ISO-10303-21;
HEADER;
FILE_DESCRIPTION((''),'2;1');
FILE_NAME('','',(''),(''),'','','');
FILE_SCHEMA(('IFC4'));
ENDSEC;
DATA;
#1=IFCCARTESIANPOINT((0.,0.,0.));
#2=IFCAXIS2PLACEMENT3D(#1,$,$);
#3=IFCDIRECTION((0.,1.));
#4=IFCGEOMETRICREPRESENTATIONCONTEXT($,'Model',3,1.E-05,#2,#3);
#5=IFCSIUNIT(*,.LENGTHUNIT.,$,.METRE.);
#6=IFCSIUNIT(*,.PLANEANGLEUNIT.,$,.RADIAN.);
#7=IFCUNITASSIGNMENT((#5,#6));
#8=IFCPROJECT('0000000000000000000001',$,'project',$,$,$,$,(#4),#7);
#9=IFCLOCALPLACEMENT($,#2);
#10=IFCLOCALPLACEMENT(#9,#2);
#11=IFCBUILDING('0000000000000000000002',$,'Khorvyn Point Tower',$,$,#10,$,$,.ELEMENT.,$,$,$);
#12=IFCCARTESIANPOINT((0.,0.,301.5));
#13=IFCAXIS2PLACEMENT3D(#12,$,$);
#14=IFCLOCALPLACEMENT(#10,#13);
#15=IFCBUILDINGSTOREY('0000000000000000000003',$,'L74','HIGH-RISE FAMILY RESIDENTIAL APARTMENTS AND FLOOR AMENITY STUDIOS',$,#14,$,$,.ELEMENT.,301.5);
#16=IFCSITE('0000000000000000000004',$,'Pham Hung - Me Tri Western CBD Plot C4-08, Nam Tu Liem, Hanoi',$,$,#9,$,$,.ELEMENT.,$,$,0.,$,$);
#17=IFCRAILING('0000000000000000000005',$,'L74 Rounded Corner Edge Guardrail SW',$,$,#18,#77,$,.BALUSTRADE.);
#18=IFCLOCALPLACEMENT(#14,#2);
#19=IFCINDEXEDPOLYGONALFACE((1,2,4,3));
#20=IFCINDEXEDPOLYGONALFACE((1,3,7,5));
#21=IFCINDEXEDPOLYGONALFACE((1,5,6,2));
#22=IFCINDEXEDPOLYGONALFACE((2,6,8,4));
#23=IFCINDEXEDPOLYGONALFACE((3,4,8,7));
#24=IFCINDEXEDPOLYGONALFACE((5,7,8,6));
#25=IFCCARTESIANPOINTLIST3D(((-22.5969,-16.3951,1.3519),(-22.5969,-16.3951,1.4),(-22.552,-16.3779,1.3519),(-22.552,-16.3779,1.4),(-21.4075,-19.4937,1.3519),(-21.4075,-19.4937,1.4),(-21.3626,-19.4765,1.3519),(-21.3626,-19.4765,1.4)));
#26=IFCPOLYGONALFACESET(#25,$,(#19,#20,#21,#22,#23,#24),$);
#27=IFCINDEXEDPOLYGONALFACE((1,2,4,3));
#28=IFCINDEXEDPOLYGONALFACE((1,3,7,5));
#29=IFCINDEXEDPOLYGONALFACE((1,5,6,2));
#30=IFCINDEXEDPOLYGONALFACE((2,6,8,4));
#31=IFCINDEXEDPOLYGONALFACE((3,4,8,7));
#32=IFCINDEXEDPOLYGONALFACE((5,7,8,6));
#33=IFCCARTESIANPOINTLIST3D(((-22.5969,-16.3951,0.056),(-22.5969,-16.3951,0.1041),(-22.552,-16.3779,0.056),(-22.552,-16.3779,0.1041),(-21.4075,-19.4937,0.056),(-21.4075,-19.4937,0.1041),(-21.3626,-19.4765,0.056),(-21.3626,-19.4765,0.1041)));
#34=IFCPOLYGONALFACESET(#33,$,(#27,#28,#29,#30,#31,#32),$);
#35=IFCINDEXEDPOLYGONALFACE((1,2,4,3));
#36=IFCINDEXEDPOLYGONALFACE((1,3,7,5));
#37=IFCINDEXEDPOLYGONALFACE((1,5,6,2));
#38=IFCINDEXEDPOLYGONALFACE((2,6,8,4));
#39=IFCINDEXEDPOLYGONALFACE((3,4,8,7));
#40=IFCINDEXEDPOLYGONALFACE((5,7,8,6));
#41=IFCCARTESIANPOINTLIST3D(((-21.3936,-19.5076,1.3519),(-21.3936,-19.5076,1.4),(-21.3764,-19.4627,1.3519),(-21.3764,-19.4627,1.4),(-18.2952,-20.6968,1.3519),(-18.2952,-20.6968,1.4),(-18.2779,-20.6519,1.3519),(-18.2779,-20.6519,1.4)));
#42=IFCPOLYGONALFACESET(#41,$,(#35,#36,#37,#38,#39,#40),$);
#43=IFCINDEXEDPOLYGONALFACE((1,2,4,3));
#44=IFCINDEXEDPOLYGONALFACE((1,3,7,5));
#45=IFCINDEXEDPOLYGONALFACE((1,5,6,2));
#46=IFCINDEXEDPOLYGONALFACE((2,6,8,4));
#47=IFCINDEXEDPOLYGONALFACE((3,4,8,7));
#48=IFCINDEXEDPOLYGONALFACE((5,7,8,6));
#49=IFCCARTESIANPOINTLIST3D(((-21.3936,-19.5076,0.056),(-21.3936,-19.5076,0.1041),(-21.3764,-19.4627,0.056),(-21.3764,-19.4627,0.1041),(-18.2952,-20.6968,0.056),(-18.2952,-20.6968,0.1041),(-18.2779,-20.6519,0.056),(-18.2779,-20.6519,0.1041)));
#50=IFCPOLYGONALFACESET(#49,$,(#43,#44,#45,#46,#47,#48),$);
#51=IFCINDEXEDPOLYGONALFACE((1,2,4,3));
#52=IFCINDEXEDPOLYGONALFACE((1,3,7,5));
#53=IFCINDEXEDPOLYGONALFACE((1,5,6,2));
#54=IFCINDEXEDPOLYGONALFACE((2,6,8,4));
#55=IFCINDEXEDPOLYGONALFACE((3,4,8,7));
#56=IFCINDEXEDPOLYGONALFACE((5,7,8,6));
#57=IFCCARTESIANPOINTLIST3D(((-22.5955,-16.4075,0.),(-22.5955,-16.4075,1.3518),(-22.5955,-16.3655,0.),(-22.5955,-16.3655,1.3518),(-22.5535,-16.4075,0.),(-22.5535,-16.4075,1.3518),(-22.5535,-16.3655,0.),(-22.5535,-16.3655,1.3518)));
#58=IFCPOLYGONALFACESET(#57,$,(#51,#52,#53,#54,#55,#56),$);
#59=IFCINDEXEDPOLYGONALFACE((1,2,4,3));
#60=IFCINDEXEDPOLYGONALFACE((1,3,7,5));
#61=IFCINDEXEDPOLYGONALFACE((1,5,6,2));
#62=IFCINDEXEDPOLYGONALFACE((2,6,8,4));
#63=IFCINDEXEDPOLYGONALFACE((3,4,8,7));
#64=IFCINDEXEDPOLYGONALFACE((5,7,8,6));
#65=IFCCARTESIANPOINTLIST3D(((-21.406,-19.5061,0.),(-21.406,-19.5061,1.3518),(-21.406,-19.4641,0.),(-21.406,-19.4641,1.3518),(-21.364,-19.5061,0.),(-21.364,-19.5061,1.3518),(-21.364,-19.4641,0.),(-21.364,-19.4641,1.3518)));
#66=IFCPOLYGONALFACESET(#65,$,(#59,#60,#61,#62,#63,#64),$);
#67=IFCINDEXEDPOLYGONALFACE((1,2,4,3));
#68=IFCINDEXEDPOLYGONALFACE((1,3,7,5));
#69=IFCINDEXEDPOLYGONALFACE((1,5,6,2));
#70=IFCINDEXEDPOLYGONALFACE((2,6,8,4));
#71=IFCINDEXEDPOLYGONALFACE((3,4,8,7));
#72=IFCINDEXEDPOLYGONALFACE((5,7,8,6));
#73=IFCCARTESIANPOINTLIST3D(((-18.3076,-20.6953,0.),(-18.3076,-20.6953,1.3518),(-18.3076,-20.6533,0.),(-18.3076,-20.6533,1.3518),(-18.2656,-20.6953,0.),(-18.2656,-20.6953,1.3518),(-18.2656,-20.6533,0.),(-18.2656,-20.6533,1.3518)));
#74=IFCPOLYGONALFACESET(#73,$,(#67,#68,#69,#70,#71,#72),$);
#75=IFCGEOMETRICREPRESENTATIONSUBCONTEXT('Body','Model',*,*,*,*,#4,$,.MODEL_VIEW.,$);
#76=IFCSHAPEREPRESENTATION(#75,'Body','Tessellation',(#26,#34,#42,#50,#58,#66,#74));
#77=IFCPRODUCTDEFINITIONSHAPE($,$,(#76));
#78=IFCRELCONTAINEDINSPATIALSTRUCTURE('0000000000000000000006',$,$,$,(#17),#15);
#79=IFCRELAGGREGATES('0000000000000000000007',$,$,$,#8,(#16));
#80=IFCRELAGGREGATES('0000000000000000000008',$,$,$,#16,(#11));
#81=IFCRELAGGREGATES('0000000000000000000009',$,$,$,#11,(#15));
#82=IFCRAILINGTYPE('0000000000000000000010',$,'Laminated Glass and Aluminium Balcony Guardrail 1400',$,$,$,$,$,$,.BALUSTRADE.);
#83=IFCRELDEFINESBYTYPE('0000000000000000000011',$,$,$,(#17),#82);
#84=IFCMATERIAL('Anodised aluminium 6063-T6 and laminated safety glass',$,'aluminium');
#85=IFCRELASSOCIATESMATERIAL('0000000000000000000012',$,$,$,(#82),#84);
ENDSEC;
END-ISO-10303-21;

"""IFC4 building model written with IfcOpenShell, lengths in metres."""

from ifc_helpers import new_model, si_unit, direction, frame, origin, origin_2d, place, context, subcontext, project, spatial, rectangle, extrude, material, type_object, element, save


model = new_model("IFC4")

# Units and contexts
model_context = context("Model", 3, precision=1e-05, world=origin(), true_north=direction((0.0, 1.0)))
body_context = subcontext(model_context, "Body", "Model", "MODEL_VIEW")
ifc_project = project(units=[si_unit("LENGTHUNIT", "METRE"), si_unit("PLANEANGLEUNIT", "RADIAN")], contexts=[model_context])

# Site, building, storey
site_placement = place(None, origin())
site = spatial("IfcSite", under=ifc_project, at=site_placement, Name="Pham Hung - Me Tri Western CBD Plot C4-08, Nam Tu Liem, Hanoi", CompositionType="ELEMENT", RefElevation=0.0)
building_placement = place(site_placement, origin())
building = spatial("IfcBuilding", under=site, at=building_placement, Name="Khorvyn Point Tower", CompositionType="ELEMENT")
storey_placement = place(building_placement, frame((0.0, 0.0, 301.5)))
storey = spatial("IfcBuildingStorey", under=building, at=storey_placement, Name="L74", Description="HIGH-RISE FAMILY RESIDENTIAL APARTMENTS AND FLOOR AMENITY STUDIOS", CompositionType="ELEMENT", Elevation=301.5)

# Railing
ifc_material_1 = material(Name="Anodised aluminium 6063-T6 and laminated safety glass", Category="aluminium")
railing_type = type_object("IfcRailingType", Name="Laminated Glass and Aluminium Balcony Guardrail 1400", PredefinedType="BALUSTRADE", material=ifc_material_1)
railing_1_placement = place(storey_placement, frame((-22.5745, -16.3865, 0.0)))
element("IfcRailing", 1, at=railing_1_placement, inside=storey, type_object=railing_type, Name="L74 Rounded Corner Edge Guardrail SW", PredefinedType="BALUSTRADE", context=body_context, shape_type="SweptSolid", body=[
    extrude(rectangle(XDim=0.0481, YDim=0.0481, at=origin_2d()), frame((0.0, 0.0, 1.376), z_axis=(0.358368, -0.93358, 0.0), x_axis=(0.93358, 0.358368, 0.0)), (0.0, 0.0, 1.0), 3.3191),
    extrude(rectangle(XDim=0.0481, YDim=0.0481, at=origin_2d()), frame((0.0, 0.0, 0.0801), z_axis=(0.358368, -0.93358, 0.0), x_axis=(0.93358, 0.358368, 0.0)), (0.0, 0.0, 1.0), 3.3191),
    extrude(rectangle(XDim=0.0481, YDim=0.0481, at=origin_2d()), frame((1.1895, -3.0986, 1.376), z_axis=(0.933596, -0.358328, 0.0), x_axis=(0.358328, 0.933596, 0.0)), (0.0, 0.0, 1.0), 3.3188),
    extrude(rectangle(XDim=0.0481, YDim=0.0481, at=origin_2d()), frame((1.1895, -3.0986, 0.0801), z_axis=(0.933596, -0.358328, 0.0), x_axis=(0.358328, 0.933596, 0.0)), (0.0, 0.0, 1.0), 3.3188),
    extrude(rectangle(XDim=0.042, YDim=0.042, at=origin_2d()), origin(), (0.0, 0.0, 1.0), 1.3518),
    extrude(rectangle(XDim=0.042, YDim=0.042, at=origin_2d()), frame((1.1895, -3.0986, 0.0)), (0.0, 0.0, 1.0), 1.3518),
    extrude(rectangle(XDim=0.042, YDim=0.042, at=origin_2d()), frame((4.2878, -4.2878, 0.0)), (0.0, 0.0, 1.0), 1.3518),
])

save(model, "model.ifc")
